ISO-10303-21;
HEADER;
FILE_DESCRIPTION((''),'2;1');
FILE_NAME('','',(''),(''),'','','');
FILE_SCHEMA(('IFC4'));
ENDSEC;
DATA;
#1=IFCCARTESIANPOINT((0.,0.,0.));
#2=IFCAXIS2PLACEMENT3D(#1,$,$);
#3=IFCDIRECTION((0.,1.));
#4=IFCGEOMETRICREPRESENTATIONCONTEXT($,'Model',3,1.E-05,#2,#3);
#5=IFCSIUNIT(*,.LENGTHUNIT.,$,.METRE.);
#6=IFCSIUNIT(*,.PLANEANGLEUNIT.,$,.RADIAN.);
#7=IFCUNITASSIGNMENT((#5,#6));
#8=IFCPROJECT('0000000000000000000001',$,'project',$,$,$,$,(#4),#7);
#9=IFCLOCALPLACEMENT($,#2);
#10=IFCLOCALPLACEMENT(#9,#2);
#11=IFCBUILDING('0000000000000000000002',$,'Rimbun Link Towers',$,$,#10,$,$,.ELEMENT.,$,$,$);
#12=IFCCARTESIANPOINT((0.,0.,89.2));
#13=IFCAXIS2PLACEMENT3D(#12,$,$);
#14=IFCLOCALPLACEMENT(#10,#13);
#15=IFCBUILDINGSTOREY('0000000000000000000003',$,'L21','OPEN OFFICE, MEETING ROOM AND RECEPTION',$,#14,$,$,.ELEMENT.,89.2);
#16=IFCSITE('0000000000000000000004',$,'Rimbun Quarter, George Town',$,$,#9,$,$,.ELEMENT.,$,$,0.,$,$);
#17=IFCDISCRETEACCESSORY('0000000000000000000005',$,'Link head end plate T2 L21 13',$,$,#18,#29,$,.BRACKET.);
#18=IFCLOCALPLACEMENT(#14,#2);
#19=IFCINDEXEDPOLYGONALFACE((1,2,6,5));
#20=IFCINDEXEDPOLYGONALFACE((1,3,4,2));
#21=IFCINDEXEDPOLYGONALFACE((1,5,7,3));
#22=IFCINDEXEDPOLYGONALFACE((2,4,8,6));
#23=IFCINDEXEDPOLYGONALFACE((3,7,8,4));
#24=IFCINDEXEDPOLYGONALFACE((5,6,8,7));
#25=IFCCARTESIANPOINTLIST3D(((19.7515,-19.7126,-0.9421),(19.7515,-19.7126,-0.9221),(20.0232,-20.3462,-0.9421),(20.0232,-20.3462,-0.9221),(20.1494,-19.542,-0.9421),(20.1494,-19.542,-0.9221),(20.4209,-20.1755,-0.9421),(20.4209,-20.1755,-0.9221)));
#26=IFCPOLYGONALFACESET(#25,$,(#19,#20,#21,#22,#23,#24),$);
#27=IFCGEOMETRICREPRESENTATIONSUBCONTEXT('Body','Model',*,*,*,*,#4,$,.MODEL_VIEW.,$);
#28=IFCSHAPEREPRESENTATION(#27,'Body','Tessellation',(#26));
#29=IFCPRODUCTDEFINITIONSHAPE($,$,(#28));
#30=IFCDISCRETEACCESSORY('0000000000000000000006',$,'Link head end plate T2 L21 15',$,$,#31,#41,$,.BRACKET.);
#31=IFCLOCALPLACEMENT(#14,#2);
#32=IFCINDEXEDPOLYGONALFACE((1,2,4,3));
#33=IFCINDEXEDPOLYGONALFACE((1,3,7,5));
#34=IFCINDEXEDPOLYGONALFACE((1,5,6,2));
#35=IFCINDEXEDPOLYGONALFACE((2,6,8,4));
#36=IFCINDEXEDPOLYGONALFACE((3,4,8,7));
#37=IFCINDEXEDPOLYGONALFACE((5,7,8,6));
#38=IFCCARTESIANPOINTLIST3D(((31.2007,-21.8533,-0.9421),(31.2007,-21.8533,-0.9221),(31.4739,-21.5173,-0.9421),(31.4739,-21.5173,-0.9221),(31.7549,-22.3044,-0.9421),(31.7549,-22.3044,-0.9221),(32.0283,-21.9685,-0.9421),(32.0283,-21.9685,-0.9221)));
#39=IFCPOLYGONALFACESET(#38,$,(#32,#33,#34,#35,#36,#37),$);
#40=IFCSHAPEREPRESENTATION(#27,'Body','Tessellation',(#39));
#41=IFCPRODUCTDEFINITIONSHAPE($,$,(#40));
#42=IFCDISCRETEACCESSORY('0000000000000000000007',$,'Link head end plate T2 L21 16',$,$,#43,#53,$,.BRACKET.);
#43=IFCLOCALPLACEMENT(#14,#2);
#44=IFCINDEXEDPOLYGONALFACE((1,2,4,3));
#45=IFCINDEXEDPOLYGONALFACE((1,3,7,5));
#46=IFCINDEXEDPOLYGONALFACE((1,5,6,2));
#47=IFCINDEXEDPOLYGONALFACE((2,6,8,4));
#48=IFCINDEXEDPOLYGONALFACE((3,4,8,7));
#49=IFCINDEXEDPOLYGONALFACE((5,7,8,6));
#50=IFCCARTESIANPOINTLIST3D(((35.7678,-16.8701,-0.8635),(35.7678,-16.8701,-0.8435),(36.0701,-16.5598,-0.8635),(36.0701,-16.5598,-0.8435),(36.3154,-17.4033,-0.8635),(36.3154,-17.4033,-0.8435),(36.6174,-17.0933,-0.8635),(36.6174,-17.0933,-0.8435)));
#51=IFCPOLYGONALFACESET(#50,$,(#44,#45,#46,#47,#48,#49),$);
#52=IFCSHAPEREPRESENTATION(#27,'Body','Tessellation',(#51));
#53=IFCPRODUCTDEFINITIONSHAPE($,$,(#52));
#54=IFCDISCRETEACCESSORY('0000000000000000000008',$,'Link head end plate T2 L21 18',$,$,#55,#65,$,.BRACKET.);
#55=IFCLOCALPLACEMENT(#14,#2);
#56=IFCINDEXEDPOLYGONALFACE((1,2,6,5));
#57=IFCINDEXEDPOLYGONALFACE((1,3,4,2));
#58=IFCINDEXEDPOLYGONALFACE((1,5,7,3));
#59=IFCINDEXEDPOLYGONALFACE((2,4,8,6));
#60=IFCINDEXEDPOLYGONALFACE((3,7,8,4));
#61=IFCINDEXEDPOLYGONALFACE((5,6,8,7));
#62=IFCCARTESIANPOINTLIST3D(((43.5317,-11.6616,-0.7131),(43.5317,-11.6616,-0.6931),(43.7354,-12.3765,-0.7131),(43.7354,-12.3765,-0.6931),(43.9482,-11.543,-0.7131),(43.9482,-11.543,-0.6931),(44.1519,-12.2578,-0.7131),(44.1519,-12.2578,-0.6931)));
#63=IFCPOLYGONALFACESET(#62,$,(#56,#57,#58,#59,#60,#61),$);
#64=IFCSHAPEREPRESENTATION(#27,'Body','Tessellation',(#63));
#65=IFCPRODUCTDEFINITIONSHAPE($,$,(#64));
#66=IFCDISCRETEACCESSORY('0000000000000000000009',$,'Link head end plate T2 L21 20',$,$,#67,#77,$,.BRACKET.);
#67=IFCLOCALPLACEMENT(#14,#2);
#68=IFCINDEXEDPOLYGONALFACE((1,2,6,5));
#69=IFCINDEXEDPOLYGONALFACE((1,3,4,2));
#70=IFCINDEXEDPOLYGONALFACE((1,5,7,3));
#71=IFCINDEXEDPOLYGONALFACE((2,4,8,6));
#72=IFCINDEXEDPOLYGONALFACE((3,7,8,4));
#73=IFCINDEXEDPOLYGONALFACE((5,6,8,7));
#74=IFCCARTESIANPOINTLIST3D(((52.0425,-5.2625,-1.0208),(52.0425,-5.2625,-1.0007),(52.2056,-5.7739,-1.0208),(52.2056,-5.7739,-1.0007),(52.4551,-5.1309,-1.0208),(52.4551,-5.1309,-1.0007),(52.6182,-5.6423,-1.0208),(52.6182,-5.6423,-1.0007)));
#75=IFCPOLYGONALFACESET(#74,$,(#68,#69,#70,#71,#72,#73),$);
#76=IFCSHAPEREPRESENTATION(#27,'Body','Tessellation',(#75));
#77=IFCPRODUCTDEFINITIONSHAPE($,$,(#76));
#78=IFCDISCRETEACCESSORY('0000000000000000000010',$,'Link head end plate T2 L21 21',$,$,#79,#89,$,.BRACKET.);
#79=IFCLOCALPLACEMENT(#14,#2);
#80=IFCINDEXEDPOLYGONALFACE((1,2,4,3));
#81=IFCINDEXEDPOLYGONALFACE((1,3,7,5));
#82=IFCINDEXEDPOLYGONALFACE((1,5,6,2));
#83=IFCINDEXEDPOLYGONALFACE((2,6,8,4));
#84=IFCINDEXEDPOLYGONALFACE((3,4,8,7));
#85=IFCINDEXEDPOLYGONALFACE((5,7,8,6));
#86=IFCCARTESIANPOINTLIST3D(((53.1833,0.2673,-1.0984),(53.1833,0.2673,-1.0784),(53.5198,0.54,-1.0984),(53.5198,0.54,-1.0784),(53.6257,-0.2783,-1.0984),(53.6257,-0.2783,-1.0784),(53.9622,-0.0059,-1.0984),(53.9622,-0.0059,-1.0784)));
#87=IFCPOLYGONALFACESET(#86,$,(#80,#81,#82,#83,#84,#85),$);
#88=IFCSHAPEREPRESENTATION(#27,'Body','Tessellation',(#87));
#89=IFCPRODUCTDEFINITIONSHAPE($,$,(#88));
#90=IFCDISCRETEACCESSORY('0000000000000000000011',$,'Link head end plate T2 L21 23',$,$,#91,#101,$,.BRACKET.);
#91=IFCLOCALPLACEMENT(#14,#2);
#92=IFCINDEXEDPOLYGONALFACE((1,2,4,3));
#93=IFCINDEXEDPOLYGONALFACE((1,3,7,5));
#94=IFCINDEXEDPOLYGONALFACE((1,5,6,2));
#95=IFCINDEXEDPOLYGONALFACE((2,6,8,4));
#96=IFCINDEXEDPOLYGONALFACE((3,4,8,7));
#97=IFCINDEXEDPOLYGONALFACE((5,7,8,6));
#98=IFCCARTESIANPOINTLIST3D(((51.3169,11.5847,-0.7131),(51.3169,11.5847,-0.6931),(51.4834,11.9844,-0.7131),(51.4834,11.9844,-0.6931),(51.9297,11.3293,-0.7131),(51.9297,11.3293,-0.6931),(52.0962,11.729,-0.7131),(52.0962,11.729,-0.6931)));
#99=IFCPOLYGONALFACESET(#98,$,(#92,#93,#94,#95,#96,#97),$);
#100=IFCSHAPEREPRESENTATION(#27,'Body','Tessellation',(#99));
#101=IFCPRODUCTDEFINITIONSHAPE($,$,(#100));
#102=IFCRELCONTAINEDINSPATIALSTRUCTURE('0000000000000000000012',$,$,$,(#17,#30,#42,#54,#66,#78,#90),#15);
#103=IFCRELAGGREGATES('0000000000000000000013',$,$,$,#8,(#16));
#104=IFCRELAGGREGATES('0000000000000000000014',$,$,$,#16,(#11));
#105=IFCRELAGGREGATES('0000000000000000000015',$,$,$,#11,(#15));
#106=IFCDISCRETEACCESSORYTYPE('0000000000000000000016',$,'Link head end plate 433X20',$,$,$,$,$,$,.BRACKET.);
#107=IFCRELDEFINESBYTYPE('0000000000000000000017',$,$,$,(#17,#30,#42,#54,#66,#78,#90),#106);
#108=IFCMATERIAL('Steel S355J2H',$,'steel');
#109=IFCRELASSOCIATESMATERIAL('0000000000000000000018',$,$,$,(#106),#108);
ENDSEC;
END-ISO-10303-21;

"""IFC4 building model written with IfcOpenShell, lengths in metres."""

from ifc_helpers import new_model, si_unit, direction, frame, origin, origin_2d, place, context, subcontext, project, spatial, polyline, rectangle, outline, extrude, material, material_profile, profile_set, type_object, element, save


model = new_model("IFC4")

# Units and contexts
model_context = context("Model", 3, precision=1e-05, world=origin(), true_north=direction((0.0, 1.0)))
body_context = subcontext(model_context, "Body", "Model", "MODEL_VIEW")
ifc_project = project(units=[si_unit("LENGTHUNIT", "METRE"), si_unit("PLANEANGLEUNIT", "RADIAN")], contexts=[model_context])

# Site, building, storey
site_placement = place(None, origin())
site = spatial("IfcSite", under=ifc_project, at=site_placement, Name="Rimbun Quarter, George Town", CompositionType="ELEMENT", RefElevation=0.0)
building_placement = place(site_placement, origin())
building = spatial("IfcBuilding", under=site, at=building_placement, Name="Rimbun Link Towers", CompositionType="ELEMENT")
storey_placement = place(building_placement, frame((0.0, 0.0, 89.2)))
storey = spatial("IfcBuildingStorey", under=building, at=storey_placement, Name="L21", Description="OPEN OFFICE, MEETING ROOM AND RECEPTION", CompositionType="ELEMENT", Elevation=89.2)

# Discrete accessories
ifc_material_1 = material(Name="Steel S355J2H", Category="steel")
ifc_material_profile_1 = material_profile(ifc_material_1, rectangle(XDim=0.4331, YDim=0.4331, at=origin_2d()), Name="PL 433x433")
ifc_profile_set_1 = profile_set([ifc_material_profile_1], Name="Steel S355J2H")
discrete_accessory_type_1 = type_object("IfcDiscreteAccessoryType", Name="Link head end plate 433X20", PredefinedType="BRACKET", material=ifc_profile_set_1)
discrete_accessory_1_placement = place(storey_placement, frame((0.0, 0.0, -0.9421)))
element("IfcDiscreteAccessory", 1, at=discrete_accessory_1_placement, inside=storey, type_object=discrete_accessory_type_1, Name="Link head end plate T2 L21 13", PredefinedType="BRACKET", context=body_context, shape_type="SweptSolid", body=[
    extrude(outline(polyline([(19.7515, -19.7126), (20.0232, -20.3462), (20.4209, -20.1755), (20.1494, -19.542), (19.7515, -19.7126)])), origin(), (0.0, 0.0, 1.0), 0.02),
])
discrete_accessory_2_placement = place(storey_placement, frame((0.0, 0.0, -0.9421)))
element("IfcDiscreteAccessory", 2, at=discrete_accessory_2_placement, inside=storey, type_object=discrete_accessory_type_1, Name="Link head end plate T2 L21 15", PredefinedType="BRACKET", context=body_context, shape_type="SweptSolid", body=[
    extrude(outline(polyline([(31.2007, -21.8533), (31.7549, -22.3044), (32.0283, -21.9685), (31.4739, -21.5173), (31.2007, -21.8533)])), origin(), (0.0, 0.0, 1.0), 0.02),
])
discrete_accessory_3_placement = place(storey_placement, frame((0.0, 0.0, -0.8635)))
element("IfcDiscreteAccessory", 3, at=discrete_accessory_3_placement, inside=storey, type_object=discrete_accessory_type_1, Name="Link head end plate T2 L21 16", PredefinedType="BRACKET", context=body_context, shape_type="SweptSolid", body=[
    extrude(outline(polyline([(35.7678, -16.8701), (36.3154, -17.4033), (36.6174, -17.0933), (36.0701, -16.5598), (35.7678, -16.8701)])), origin(), (0.0, 0.0, 1.0), 0.02),
])
discrete_accessory_4_placement = place(storey_placement, frame((0.0, 0.0, -0.7131)))
element("IfcDiscreteAccessory", 4, at=discrete_accessory_4_placement, inside=storey, type_object=discrete_accessory_type_1, Name="Link head end plate T2 L21 18", PredefinedType="BRACKET", context=body_context, shape_type="SweptSolid", body=[
    extrude(outline(polyline([(43.5317, -11.6616), (43.7354, -12.3765), (44.1519, -12.2578), (43.9482, -11.543), (43.5317, -11.6616)])), origin(), (0.0, 0.0, 1.0), 0.02),
])
discrete_accessory_5_placement = place(storey_placement, frame((0.0, 0.0, -1.0208)))
element("IfcDiscreteAccessory", 5, at=discrete_accessory_5_placement, inside=storey, type_object=discrete_accessory_type_1, Name="Link head end plate T2 L21 20", PredefinedType="BRACKET", context=body_context, shape_type="SweptSolid", body=[
    extrude(outline(polyline([(52.0425, -5.2625), (52.2056, -5.7739), (52.6182, -5.6423), (52.4551, -5.1309), (52.0425, -5.2625)])), origin(), (0.0, 0.0, 1.0), 0.02),
])
discrete_accessory_6_placement = place(storey_placement, frame((0.0, 0.0, -1.0984)))
element("IfcDiscreteAccessory", 6, at=discrete_accessory_6_placement, inside=storey, type_object=discrete_accessory_type_1, Name="Link head end plate T2 L21 21", PredefinedType="BRACKET", context=body_context, shape_type="SweptSolid", body=[
    extrude(outline(polyline([(53.1833, 0.2673), (53.6257, -0.2783), (53.9622, -0.0059), (53.5198, 0.54), (53.1833, 0.2673)])), origin(), (0.0, 0.0, 1.0), 0.02),
])
discrete_accessory_7_placement = place(storey_placement, frame((0.0, 0.0, -0.7131)))
element("IfcDiscreteAccessory", 7, at=discrete_accessory_7_placement, inside=storey, type_object=discrete_accessory_type_1, Name="Link head end plate T2 L21 23", PredefinedType="BRACKET", context=body_context, shape_type="SweptSolid", body=[
    extrude(outline(polyline([(51.3169, 11.5847), (51.9297, 11.3293), (52.0962, 11.729), (51.4834, 11.9844), (51.3169, 11.5847)])), origin(), (0.0, 0.0, 1.0), 0.02),
])

save(model, "model.ifc")
